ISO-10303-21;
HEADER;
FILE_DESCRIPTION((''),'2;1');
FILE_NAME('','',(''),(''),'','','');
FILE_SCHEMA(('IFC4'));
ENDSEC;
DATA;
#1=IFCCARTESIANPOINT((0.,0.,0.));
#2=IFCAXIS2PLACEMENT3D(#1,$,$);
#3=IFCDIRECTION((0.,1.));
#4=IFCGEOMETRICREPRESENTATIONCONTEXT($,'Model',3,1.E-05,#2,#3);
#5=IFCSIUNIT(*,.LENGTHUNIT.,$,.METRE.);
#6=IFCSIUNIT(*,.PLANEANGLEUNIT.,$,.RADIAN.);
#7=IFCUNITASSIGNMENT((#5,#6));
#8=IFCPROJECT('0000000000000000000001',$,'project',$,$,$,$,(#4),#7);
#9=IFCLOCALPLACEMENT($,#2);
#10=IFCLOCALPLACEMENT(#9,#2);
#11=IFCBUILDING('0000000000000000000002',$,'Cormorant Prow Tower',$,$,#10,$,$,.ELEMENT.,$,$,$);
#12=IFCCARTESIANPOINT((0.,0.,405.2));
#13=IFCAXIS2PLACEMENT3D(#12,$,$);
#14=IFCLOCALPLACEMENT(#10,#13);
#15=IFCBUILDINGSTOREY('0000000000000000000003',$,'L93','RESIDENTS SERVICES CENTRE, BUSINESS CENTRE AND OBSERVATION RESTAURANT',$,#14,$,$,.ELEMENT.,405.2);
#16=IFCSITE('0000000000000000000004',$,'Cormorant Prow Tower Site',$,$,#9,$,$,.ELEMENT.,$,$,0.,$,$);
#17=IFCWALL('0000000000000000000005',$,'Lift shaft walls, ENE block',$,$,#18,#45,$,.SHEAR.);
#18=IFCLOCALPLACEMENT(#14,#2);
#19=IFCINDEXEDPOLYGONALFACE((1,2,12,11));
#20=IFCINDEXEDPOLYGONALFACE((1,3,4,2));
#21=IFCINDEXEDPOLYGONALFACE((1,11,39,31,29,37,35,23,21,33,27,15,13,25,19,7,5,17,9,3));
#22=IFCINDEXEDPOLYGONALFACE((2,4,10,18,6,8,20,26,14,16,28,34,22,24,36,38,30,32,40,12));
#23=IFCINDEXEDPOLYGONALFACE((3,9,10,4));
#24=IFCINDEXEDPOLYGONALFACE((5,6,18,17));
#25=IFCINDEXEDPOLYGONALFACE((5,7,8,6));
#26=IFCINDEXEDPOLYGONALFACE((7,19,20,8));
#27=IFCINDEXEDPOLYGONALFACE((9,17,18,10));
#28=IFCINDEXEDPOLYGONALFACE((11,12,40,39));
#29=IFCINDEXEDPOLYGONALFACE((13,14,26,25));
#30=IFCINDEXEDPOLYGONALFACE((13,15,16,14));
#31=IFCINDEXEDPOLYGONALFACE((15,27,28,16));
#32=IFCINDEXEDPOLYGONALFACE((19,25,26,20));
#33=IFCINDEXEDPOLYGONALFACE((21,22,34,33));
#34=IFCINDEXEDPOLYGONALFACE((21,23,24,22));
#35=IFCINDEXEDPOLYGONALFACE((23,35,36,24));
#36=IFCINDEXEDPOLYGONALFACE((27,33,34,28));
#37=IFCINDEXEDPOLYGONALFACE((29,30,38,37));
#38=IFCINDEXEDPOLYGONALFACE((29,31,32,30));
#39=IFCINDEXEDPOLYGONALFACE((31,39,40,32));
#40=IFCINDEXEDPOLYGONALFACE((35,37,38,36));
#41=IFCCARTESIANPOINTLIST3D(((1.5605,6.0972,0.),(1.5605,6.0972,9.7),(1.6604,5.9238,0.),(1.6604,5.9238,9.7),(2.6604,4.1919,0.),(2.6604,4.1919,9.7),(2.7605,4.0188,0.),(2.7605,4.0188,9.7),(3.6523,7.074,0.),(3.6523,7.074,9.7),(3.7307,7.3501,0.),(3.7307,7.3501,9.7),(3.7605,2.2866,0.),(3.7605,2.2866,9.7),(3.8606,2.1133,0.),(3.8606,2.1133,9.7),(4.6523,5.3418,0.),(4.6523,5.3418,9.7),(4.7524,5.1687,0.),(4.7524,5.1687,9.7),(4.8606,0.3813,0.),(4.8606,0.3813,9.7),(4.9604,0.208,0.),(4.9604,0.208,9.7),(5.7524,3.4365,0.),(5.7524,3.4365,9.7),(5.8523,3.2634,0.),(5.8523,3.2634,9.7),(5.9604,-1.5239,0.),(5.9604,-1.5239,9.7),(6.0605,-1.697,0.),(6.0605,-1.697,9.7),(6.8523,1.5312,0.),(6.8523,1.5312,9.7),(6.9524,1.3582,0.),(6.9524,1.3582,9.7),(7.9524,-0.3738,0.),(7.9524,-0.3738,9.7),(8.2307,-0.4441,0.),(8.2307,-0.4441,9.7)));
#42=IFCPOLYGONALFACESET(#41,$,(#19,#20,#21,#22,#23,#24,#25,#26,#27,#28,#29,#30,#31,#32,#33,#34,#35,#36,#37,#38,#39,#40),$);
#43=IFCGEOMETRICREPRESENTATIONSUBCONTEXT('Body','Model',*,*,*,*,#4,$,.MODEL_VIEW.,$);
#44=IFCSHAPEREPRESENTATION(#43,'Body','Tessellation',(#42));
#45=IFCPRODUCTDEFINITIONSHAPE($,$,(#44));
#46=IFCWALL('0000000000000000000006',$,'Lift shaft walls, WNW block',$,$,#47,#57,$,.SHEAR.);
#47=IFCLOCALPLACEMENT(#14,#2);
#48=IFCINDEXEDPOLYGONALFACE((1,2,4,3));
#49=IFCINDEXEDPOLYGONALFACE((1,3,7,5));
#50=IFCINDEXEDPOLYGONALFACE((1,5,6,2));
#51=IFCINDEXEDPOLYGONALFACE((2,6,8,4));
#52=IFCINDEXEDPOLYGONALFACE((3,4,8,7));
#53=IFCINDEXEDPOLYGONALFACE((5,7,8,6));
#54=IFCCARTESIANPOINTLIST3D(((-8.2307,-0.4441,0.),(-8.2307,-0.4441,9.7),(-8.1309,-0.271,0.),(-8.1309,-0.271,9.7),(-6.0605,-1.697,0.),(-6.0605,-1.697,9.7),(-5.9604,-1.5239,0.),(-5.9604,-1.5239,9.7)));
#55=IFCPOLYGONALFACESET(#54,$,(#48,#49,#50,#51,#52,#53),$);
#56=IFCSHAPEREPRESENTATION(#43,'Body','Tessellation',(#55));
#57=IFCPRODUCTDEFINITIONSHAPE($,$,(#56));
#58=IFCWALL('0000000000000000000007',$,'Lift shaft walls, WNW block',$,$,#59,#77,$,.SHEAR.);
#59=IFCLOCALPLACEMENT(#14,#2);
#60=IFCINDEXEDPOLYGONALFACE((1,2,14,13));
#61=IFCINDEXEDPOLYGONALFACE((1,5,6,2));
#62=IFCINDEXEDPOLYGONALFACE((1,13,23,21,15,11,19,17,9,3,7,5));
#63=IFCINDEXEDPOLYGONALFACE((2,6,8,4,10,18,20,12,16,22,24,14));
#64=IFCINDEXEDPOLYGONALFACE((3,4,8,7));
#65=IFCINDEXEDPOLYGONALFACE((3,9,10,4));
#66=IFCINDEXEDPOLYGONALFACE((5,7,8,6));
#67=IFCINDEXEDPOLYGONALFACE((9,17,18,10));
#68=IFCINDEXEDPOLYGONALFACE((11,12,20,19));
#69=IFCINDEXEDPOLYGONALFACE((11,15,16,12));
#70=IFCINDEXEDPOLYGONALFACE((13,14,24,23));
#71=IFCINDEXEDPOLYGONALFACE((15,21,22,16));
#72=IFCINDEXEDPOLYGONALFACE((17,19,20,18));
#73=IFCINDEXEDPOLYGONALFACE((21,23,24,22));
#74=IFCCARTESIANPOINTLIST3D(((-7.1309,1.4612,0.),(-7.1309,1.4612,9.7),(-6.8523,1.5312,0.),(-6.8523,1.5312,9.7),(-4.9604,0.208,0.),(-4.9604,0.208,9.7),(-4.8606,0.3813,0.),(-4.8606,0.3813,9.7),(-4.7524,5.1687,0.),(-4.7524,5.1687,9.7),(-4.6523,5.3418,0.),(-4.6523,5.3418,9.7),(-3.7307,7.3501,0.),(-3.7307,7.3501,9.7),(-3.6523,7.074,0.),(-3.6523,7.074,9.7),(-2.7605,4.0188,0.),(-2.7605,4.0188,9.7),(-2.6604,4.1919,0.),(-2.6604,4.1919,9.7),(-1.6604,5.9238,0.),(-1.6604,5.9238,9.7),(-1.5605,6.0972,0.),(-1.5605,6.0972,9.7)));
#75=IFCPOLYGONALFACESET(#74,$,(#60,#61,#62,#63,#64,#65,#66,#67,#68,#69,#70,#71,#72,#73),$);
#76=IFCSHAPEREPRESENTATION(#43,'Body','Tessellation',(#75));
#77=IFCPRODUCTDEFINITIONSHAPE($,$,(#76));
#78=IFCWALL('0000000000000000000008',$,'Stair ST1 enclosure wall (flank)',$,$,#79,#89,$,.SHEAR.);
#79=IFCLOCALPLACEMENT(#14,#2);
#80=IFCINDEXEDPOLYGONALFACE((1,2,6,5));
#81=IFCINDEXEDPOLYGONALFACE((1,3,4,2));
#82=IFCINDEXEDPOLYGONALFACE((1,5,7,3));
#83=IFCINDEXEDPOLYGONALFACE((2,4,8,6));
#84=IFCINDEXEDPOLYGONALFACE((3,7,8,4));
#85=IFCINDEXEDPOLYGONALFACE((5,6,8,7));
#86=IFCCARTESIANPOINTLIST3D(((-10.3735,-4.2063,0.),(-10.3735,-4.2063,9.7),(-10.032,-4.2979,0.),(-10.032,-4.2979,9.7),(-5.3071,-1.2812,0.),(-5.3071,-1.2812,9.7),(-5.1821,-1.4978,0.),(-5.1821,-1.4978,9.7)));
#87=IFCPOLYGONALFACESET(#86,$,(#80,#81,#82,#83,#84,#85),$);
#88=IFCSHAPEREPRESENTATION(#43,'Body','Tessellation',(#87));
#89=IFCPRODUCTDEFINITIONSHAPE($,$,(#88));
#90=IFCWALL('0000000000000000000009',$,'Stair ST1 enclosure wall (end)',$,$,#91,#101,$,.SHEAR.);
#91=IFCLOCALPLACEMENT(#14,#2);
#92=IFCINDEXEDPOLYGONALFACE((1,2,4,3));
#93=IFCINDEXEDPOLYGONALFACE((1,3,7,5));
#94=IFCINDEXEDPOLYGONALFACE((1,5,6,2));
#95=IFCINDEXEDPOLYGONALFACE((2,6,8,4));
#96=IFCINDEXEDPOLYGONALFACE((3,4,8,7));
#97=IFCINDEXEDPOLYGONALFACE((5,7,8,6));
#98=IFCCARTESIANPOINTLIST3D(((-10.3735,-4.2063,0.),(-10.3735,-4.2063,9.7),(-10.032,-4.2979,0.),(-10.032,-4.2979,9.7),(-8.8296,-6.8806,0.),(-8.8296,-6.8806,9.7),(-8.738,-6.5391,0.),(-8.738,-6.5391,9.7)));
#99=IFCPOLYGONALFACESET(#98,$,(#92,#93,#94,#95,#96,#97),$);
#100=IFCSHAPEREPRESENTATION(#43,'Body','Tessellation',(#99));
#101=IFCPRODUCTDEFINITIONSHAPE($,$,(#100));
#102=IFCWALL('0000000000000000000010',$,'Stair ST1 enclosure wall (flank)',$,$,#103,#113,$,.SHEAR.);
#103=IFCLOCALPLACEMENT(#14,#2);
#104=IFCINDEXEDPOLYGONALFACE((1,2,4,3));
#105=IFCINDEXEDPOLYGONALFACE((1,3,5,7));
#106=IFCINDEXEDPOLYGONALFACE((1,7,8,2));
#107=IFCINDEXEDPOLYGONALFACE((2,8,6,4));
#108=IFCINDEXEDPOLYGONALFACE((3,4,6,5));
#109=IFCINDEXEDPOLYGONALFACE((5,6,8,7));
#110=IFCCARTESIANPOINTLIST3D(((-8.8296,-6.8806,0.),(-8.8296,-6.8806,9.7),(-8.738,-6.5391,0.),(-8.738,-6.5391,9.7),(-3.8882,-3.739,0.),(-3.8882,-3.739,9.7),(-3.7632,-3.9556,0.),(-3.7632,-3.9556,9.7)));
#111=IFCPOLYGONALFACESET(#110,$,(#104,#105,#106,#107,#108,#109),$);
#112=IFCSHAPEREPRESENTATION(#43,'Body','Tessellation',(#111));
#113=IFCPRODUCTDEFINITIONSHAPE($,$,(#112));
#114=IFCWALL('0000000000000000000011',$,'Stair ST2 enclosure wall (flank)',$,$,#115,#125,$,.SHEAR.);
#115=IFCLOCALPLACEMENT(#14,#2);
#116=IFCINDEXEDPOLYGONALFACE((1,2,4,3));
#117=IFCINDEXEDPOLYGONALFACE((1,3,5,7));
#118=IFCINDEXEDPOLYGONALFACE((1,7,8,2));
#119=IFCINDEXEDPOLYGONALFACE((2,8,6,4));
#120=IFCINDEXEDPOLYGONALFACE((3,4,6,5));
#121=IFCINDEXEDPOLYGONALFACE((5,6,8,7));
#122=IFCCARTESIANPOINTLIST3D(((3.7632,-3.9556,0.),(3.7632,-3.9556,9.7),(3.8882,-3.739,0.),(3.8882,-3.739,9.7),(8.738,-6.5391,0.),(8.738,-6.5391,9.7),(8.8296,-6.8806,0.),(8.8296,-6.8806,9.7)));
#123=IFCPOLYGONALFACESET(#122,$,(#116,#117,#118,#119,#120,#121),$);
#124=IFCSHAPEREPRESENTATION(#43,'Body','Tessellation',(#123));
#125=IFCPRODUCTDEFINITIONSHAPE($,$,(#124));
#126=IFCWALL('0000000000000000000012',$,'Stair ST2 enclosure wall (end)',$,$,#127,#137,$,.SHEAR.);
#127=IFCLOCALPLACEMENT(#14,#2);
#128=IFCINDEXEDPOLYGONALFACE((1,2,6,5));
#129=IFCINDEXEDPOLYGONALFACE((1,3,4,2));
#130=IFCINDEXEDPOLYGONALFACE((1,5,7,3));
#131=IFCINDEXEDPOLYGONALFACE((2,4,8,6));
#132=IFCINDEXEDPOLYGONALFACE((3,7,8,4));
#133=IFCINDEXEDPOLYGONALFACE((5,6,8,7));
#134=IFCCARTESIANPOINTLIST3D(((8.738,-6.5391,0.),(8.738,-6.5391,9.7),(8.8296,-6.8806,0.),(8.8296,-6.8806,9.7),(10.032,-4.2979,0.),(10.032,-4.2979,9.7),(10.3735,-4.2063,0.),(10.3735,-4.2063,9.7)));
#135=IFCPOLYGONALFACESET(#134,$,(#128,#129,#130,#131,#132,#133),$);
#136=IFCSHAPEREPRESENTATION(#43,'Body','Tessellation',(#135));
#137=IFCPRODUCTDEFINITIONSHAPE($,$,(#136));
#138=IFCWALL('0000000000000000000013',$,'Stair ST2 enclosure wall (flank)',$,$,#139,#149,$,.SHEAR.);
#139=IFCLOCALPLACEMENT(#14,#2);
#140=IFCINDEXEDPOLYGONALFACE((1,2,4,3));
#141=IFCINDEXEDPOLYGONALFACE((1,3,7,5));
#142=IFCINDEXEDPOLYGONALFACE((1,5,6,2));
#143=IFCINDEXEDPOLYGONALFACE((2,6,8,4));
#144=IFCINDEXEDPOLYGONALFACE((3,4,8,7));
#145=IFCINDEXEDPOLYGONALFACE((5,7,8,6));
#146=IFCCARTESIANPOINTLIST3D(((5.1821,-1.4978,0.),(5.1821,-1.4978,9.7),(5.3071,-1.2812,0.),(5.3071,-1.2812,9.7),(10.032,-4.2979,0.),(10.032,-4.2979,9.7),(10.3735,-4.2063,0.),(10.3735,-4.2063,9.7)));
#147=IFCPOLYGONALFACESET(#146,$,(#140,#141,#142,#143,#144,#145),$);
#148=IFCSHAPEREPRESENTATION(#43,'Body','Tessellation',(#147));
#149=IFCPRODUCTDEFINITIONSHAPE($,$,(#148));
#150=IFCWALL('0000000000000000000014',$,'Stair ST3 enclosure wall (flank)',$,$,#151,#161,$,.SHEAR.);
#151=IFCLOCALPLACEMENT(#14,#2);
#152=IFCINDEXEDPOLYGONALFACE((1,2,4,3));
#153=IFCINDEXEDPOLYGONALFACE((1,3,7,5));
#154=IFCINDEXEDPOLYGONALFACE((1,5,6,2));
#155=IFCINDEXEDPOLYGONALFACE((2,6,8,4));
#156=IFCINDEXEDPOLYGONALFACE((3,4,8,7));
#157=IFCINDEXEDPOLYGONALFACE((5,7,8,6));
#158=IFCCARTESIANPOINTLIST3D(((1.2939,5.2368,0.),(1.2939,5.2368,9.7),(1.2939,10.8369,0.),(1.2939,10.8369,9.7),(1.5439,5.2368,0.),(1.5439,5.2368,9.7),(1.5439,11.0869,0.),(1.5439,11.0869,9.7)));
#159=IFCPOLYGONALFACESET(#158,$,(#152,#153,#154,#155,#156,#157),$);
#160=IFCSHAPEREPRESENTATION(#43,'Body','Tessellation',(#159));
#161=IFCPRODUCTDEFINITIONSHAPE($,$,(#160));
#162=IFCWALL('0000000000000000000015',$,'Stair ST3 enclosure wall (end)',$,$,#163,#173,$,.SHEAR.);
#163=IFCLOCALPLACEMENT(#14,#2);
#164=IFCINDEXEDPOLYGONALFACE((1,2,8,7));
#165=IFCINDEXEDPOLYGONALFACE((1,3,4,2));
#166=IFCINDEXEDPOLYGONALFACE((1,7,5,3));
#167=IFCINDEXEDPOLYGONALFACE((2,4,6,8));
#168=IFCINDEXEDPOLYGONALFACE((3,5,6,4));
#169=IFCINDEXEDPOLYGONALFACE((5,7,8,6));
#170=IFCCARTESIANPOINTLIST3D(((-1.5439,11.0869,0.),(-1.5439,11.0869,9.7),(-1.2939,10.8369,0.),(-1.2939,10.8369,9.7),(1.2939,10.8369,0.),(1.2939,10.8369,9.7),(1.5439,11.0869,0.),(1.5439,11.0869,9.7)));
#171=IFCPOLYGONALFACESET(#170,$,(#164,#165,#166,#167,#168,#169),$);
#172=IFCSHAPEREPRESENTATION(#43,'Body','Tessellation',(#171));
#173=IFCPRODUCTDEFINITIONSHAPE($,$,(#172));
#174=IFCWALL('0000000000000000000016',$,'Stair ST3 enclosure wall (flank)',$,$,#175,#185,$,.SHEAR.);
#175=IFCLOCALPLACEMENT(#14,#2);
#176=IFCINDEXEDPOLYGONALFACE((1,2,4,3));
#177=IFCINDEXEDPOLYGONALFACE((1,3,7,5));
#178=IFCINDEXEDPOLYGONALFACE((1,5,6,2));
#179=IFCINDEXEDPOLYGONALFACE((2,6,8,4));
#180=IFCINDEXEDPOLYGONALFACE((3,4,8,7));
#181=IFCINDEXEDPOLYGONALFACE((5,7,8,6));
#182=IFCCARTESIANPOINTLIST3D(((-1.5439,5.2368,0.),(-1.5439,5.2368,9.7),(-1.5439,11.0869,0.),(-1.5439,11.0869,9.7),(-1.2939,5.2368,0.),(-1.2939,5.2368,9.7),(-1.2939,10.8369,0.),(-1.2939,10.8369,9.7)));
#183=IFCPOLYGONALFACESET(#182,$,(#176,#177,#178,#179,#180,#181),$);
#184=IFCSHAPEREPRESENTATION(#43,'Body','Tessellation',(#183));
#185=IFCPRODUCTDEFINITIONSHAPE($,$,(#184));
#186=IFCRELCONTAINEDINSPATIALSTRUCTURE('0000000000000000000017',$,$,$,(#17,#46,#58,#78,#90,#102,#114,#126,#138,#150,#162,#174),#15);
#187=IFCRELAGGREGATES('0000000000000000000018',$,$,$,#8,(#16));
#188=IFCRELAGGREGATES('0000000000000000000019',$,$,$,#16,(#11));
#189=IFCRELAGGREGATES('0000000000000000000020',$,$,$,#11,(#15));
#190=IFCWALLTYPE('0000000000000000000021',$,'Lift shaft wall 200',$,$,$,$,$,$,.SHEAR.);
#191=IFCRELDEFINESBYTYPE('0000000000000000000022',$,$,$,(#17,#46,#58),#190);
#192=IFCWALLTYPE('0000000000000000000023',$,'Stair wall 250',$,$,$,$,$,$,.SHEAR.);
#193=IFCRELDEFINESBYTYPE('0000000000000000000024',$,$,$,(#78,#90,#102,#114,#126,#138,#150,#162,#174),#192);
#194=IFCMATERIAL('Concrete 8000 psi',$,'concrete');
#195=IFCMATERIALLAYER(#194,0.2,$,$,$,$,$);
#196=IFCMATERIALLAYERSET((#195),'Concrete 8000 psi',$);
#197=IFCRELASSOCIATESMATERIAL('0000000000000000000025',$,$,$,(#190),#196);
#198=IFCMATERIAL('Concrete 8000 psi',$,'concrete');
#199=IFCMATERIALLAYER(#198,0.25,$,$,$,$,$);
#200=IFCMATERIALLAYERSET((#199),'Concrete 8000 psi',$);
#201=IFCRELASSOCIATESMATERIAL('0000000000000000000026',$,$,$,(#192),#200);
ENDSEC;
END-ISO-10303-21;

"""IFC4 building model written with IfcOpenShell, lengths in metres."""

from ifc_helpers import new_model, si_unit, direction, frame, origin, place, context, subcontext, project, spatial, polyline, outline, extrude, material, layer, layer_set, type_object, element, save


model = new_model("IFC4")

# Units and contexts
model_context = context("Model", 3, precision=1e-05, world=origin(), true_north=direction((0.0, 1.0)))
body_context = subcontext(model_context, "Body", "Model", "MODEL_VIEW")
ifc_project = project(units=[si_unit("LENGTHUNIT", "METRE"), si_unit("PLANEANGLEUNIT", "RADIAN")], contexts=[model_context])

# Site, building, storey
site_placement = place(None, origin())
site = spatial("IfcSite", under=ifc_project, at=site_placement, Name="Cormorant Prow Tower Site", CompositionType="ELEMENT", RefElevation=0.0)
building_placement = place(site_placement, origin())
building = spatial("IfcBuilding", under=site, at=building_placement, Name="Cormorant Prow Tower", CompositionType="ELEMENT")
storey_placement = place(building_placement, frame((0.0, 0.0, 405.2)))
storey = spatial("IfcBuildingStorey", under=building, at=storey_placement, Name="L93", Description="RESIDENTS SERVICES CENTRE, BUSINESS CENTRE AND OBSERVATION RESTAURANT", CompositionType="ELEMENT", Elevation=405.2)

# Walls
ifc_material_1 = material(Name="Concrete 8000 psi", Category="concrete")
ifc_layer_1 = layer(ifc_material_1, 0.2)
ifc_layer_set_1 = layer_set([ifc_layer_1], Name="Concrete 8000 psi")
wall_type_1 = type_object("IfcWallType", Name="Lift shaft wall 200", PredefinedType="SHEAR", material=ifc_layer_set_1)
wall_1_placement = place(storey_placement, origin())
element("IfcWall", 1, at=wall_1_placement, inside=storey, type_object=wall_type_1, Name="Lift shaft walls, ENE block", PredefinedType="SHEAR", context=body_context, shape_type="SweptSolid", body=[
    extrude(outline(polyline([(1.5605, 6.0972), (3.7307, 7.3501), (8.2307, -0.4441), (6.0605, -1.697), (5.9604, -1.5239), (7.9524, -0.3738), (6.9524, 1.3582), (4.9604, 0.208), (4.8606, 0.3813), (6.8523, 1.5312), (5.8523, 3.2634), (3.8606, 2.1133), (3.7605, 2.2866), (5.7524, 3.4365), (4.7524, 5.1687), (2.7605, 4.0188), (2.6604, 4.1919), (4.6523, 5.3418), (3.6523, 7.074), (1.6604, 5.9238), (1.5605, 6.0972)])), origin(), (0.0, 0.0, 1.0), 9.7),
])
wall_2_placement = place(storey_placement, origin())
element("IfcWall", 2, at=wall_2_placement, inside=storey, type_object=wall_type_1, Name="Lift shaft walls, WNW block", PredefinedType="SHEAR", context=body_context, shape_type="SweptSolid", body=[
    extrude(outline(polyline([(-6.0605, -1.697), (-8.2307, -0.4441), (-8.1309, -0.271), (-5.9604, -1.5239), (-6.0605, -1.697)])), origin(), (0.0, 0.0, 1.0), 9.7),
])
wall_3_placement = place(storey_placement, origin())
element("IfcWall", 3, at=wall_3_placement, inside=storey, type_object=wall_type_1, Name="Lift shaft walls, WNW block", PredefinedType="SHEAR", context=body_context, shape_type="SweptSolid", body=[
    extrude(outline(polyline([(-4.9604, 0.208), (-7.1309, 1.4612), (-3.7307, 7.3501), (-1.5605, 6.0972), (-1.6604, 5.9238), (-3.6523, 7.074), (-4.6523, 5.3418), (-2.6604, 4.1919), (-2.7605, 4.0188), (-4.7524, 5.1687), (-6.8523, 1.5312), (-4.8606, 0.3813), (-4.9604, 0.208)])), origin(), (0.0, 0.0, 1.0), 9.7),
])
ifc_material_2 = material(Name="Concrete 8000 psi", Category="concrete")
ifc_layer_2 = layer(ifc_material_2, 0.25)
ifc_layer_set_2 = layer_set([ifc_layer_2], Name="Concrete 8000 psi")
wall_type_2 = type_object("IfcWallType", Name="Stair wall 250", PredefinedType="SHEAR", material=ifc_layer_set_2)
wall_4_placement = place(storey_placement, origin())
element("IfcWall", 4, at=wall_4_placement, inside=storey, type_object=wall_type_2, Name="Stair ST1 enclosure wall (flank)", PredefinedType="SHEAR", context=body_context, shape_type="SweptSolid", body=[
    extrude(outline(polyline([(-5.3071, -1.2812), (-10.3735, -4.2063), (-10.032, -4.2979), (-5.1821, -1.4978), (-5.3071, -1.2812)])), origin(), (0.0, 0.0, 1.0), 9.7),
])
wall_5_placement = place(storey_placement, origin())
element("IfcWall", 5, at=wall_5_placement, inside=storey, type_object=wall_type_2, Name="Stair ST1 enclosure wall (end)", PredefinedType="SHEAR", context=body_context, shape_type="SweptSolid", body=[
    extrude(outline(polyline([(-10.3735, -4.2063), (-8.8296, -6.8806), (-8.738, -6.5391), (-10.032, -4.2979), (-10.3735, -4.2063)])), origin(), (0.0, 0.0, 1.0), 9.7),
])
wall_6_placement = place(storey_placement, origin())
element("IfcWall", 6, at=wall_6_placement, inside=storey, type_object=wall_type_2, Name="Stair ST1 enclosure wall (flank)", PredefinedType="SHEAR", context=body_context, shape_type="SweptSolid", body=[
    extrude(outline(polyline([(-8.738, -6.5391), (-8.8296, -6.8806), (-3.7632, -3.9556), (-3.8882, -3.739), (-8.738, -6.5391)])), origin(), (0.0, 0.0, 1.0), 9.7),
])
wall_7_placement = place(storey_placement, origin())
element("IfcWall", 7, at=wall_7_placement, inside=storey, type_object=wall_type_2, Name="Stair ST2 enclosure wall (flank)", PredefinedType="SHEAR", context=body_context, shape_type="SweptSolid", body=[
    extrude(outline(polyline([(3.7632, -3.9556), (8.8296, -6.8806), (8.738, -6.5391), (3.8882, -3.739), (3.7632, -3.9556)])), origin(), (0.0, 0.0, 1.0), 9.7),
])
wall_8_placement = place(storey_placement, origin())
element("IfcWall", 8, at=wall_8_placement, inside=storey, type_object=wall_type_2, Name="Stair ST2 enclosure wall (end)", PredefinedType="SHEAR", context=body_context, shape_type="SweptSolid", body=[
    extrude(outline(polyline([(8.8296, -6.8806), (10.3735, -4.2063), (10.032, -4.2979), (8.738, -6.5391), (8.8296, -6.8806)])), origin(), (0.0, 0.0, 1.0), 9.7),
])
wall_9_placement = place(storey_placement, origin())
element("IfcWall", 9, at=wall_9_placement, inside=storey, type_object=wall_type_2, Name="Stair ST2 enclosure wall (flank)", PredefinedType="SHEAR", context=body_context, shape_type="SweptSolid", body=[
    extrude(outline(polyline([(10.032, -4.2979), (10.3735, -4.2063), (5.3071, -1.2812), (5.1821, -1.4978), (10.032, -4.2979)])), origin(), (0.0, 0.0, 1.0), 9.7),
])
wall_10_placement = place(storey_placement, origin())
element("IfcWall", 10, at=wall_10_placement, inside=storey, type_object=wall_type_2, Name="Stair ST3 enclosure wall (flank)", PredefinedType="SHEAR", context=body_context, shape_type="SweptSolid", body=[
    extrude(outline(polyline([(1.5439, 5.2368), (1.5439, 11.0869), (1.2939, 10.8369), (1.2939, 5.2368), (1.5439, 5.2368)])), origin(), (0.0, 0.0, 1.0), 9.7),
])
wall_11_placement = place(storey_placement, origin())
element("IfcWall", 11, at=wall_11_placement, inside=storey, type_object=wall_type_2, Name="Stair ST3 enclosure wall (end)", PredefinedType="SHEAR", context=body_context, shape_type="SweptSolid", body=[
    extrude(outline(polyline([(1.5439, 11.0869), (-1.5439, 11.0869), (-1.2939, 10.8369), (1.2939, 10.8369), (1.5439, 11.0869)])), origin(), (0.0, 0.0, 1.0), 9.7),
])
wall_12_placement = place(storey_placement, origin())
element("IfcWall", 12, at=wall_12_placement, inside=storey, type_object=wall_type_2, Name="Stair ST3 enclosure wall (flank)", PredefinedType="SHEAR", context=body_context, shape_type="SweptSolid", body=[
    extrude(outline(polyline([(-1.2939, 10.8369), (-1.5439, 11.0869), (-1.5439, 5.2368), (-1.2939, 5.2368), (-1.2939, 10.8369)])), origin(), (0.0, 0.0, 1.0), 9.7),
])

save(model, "model.ifc")
